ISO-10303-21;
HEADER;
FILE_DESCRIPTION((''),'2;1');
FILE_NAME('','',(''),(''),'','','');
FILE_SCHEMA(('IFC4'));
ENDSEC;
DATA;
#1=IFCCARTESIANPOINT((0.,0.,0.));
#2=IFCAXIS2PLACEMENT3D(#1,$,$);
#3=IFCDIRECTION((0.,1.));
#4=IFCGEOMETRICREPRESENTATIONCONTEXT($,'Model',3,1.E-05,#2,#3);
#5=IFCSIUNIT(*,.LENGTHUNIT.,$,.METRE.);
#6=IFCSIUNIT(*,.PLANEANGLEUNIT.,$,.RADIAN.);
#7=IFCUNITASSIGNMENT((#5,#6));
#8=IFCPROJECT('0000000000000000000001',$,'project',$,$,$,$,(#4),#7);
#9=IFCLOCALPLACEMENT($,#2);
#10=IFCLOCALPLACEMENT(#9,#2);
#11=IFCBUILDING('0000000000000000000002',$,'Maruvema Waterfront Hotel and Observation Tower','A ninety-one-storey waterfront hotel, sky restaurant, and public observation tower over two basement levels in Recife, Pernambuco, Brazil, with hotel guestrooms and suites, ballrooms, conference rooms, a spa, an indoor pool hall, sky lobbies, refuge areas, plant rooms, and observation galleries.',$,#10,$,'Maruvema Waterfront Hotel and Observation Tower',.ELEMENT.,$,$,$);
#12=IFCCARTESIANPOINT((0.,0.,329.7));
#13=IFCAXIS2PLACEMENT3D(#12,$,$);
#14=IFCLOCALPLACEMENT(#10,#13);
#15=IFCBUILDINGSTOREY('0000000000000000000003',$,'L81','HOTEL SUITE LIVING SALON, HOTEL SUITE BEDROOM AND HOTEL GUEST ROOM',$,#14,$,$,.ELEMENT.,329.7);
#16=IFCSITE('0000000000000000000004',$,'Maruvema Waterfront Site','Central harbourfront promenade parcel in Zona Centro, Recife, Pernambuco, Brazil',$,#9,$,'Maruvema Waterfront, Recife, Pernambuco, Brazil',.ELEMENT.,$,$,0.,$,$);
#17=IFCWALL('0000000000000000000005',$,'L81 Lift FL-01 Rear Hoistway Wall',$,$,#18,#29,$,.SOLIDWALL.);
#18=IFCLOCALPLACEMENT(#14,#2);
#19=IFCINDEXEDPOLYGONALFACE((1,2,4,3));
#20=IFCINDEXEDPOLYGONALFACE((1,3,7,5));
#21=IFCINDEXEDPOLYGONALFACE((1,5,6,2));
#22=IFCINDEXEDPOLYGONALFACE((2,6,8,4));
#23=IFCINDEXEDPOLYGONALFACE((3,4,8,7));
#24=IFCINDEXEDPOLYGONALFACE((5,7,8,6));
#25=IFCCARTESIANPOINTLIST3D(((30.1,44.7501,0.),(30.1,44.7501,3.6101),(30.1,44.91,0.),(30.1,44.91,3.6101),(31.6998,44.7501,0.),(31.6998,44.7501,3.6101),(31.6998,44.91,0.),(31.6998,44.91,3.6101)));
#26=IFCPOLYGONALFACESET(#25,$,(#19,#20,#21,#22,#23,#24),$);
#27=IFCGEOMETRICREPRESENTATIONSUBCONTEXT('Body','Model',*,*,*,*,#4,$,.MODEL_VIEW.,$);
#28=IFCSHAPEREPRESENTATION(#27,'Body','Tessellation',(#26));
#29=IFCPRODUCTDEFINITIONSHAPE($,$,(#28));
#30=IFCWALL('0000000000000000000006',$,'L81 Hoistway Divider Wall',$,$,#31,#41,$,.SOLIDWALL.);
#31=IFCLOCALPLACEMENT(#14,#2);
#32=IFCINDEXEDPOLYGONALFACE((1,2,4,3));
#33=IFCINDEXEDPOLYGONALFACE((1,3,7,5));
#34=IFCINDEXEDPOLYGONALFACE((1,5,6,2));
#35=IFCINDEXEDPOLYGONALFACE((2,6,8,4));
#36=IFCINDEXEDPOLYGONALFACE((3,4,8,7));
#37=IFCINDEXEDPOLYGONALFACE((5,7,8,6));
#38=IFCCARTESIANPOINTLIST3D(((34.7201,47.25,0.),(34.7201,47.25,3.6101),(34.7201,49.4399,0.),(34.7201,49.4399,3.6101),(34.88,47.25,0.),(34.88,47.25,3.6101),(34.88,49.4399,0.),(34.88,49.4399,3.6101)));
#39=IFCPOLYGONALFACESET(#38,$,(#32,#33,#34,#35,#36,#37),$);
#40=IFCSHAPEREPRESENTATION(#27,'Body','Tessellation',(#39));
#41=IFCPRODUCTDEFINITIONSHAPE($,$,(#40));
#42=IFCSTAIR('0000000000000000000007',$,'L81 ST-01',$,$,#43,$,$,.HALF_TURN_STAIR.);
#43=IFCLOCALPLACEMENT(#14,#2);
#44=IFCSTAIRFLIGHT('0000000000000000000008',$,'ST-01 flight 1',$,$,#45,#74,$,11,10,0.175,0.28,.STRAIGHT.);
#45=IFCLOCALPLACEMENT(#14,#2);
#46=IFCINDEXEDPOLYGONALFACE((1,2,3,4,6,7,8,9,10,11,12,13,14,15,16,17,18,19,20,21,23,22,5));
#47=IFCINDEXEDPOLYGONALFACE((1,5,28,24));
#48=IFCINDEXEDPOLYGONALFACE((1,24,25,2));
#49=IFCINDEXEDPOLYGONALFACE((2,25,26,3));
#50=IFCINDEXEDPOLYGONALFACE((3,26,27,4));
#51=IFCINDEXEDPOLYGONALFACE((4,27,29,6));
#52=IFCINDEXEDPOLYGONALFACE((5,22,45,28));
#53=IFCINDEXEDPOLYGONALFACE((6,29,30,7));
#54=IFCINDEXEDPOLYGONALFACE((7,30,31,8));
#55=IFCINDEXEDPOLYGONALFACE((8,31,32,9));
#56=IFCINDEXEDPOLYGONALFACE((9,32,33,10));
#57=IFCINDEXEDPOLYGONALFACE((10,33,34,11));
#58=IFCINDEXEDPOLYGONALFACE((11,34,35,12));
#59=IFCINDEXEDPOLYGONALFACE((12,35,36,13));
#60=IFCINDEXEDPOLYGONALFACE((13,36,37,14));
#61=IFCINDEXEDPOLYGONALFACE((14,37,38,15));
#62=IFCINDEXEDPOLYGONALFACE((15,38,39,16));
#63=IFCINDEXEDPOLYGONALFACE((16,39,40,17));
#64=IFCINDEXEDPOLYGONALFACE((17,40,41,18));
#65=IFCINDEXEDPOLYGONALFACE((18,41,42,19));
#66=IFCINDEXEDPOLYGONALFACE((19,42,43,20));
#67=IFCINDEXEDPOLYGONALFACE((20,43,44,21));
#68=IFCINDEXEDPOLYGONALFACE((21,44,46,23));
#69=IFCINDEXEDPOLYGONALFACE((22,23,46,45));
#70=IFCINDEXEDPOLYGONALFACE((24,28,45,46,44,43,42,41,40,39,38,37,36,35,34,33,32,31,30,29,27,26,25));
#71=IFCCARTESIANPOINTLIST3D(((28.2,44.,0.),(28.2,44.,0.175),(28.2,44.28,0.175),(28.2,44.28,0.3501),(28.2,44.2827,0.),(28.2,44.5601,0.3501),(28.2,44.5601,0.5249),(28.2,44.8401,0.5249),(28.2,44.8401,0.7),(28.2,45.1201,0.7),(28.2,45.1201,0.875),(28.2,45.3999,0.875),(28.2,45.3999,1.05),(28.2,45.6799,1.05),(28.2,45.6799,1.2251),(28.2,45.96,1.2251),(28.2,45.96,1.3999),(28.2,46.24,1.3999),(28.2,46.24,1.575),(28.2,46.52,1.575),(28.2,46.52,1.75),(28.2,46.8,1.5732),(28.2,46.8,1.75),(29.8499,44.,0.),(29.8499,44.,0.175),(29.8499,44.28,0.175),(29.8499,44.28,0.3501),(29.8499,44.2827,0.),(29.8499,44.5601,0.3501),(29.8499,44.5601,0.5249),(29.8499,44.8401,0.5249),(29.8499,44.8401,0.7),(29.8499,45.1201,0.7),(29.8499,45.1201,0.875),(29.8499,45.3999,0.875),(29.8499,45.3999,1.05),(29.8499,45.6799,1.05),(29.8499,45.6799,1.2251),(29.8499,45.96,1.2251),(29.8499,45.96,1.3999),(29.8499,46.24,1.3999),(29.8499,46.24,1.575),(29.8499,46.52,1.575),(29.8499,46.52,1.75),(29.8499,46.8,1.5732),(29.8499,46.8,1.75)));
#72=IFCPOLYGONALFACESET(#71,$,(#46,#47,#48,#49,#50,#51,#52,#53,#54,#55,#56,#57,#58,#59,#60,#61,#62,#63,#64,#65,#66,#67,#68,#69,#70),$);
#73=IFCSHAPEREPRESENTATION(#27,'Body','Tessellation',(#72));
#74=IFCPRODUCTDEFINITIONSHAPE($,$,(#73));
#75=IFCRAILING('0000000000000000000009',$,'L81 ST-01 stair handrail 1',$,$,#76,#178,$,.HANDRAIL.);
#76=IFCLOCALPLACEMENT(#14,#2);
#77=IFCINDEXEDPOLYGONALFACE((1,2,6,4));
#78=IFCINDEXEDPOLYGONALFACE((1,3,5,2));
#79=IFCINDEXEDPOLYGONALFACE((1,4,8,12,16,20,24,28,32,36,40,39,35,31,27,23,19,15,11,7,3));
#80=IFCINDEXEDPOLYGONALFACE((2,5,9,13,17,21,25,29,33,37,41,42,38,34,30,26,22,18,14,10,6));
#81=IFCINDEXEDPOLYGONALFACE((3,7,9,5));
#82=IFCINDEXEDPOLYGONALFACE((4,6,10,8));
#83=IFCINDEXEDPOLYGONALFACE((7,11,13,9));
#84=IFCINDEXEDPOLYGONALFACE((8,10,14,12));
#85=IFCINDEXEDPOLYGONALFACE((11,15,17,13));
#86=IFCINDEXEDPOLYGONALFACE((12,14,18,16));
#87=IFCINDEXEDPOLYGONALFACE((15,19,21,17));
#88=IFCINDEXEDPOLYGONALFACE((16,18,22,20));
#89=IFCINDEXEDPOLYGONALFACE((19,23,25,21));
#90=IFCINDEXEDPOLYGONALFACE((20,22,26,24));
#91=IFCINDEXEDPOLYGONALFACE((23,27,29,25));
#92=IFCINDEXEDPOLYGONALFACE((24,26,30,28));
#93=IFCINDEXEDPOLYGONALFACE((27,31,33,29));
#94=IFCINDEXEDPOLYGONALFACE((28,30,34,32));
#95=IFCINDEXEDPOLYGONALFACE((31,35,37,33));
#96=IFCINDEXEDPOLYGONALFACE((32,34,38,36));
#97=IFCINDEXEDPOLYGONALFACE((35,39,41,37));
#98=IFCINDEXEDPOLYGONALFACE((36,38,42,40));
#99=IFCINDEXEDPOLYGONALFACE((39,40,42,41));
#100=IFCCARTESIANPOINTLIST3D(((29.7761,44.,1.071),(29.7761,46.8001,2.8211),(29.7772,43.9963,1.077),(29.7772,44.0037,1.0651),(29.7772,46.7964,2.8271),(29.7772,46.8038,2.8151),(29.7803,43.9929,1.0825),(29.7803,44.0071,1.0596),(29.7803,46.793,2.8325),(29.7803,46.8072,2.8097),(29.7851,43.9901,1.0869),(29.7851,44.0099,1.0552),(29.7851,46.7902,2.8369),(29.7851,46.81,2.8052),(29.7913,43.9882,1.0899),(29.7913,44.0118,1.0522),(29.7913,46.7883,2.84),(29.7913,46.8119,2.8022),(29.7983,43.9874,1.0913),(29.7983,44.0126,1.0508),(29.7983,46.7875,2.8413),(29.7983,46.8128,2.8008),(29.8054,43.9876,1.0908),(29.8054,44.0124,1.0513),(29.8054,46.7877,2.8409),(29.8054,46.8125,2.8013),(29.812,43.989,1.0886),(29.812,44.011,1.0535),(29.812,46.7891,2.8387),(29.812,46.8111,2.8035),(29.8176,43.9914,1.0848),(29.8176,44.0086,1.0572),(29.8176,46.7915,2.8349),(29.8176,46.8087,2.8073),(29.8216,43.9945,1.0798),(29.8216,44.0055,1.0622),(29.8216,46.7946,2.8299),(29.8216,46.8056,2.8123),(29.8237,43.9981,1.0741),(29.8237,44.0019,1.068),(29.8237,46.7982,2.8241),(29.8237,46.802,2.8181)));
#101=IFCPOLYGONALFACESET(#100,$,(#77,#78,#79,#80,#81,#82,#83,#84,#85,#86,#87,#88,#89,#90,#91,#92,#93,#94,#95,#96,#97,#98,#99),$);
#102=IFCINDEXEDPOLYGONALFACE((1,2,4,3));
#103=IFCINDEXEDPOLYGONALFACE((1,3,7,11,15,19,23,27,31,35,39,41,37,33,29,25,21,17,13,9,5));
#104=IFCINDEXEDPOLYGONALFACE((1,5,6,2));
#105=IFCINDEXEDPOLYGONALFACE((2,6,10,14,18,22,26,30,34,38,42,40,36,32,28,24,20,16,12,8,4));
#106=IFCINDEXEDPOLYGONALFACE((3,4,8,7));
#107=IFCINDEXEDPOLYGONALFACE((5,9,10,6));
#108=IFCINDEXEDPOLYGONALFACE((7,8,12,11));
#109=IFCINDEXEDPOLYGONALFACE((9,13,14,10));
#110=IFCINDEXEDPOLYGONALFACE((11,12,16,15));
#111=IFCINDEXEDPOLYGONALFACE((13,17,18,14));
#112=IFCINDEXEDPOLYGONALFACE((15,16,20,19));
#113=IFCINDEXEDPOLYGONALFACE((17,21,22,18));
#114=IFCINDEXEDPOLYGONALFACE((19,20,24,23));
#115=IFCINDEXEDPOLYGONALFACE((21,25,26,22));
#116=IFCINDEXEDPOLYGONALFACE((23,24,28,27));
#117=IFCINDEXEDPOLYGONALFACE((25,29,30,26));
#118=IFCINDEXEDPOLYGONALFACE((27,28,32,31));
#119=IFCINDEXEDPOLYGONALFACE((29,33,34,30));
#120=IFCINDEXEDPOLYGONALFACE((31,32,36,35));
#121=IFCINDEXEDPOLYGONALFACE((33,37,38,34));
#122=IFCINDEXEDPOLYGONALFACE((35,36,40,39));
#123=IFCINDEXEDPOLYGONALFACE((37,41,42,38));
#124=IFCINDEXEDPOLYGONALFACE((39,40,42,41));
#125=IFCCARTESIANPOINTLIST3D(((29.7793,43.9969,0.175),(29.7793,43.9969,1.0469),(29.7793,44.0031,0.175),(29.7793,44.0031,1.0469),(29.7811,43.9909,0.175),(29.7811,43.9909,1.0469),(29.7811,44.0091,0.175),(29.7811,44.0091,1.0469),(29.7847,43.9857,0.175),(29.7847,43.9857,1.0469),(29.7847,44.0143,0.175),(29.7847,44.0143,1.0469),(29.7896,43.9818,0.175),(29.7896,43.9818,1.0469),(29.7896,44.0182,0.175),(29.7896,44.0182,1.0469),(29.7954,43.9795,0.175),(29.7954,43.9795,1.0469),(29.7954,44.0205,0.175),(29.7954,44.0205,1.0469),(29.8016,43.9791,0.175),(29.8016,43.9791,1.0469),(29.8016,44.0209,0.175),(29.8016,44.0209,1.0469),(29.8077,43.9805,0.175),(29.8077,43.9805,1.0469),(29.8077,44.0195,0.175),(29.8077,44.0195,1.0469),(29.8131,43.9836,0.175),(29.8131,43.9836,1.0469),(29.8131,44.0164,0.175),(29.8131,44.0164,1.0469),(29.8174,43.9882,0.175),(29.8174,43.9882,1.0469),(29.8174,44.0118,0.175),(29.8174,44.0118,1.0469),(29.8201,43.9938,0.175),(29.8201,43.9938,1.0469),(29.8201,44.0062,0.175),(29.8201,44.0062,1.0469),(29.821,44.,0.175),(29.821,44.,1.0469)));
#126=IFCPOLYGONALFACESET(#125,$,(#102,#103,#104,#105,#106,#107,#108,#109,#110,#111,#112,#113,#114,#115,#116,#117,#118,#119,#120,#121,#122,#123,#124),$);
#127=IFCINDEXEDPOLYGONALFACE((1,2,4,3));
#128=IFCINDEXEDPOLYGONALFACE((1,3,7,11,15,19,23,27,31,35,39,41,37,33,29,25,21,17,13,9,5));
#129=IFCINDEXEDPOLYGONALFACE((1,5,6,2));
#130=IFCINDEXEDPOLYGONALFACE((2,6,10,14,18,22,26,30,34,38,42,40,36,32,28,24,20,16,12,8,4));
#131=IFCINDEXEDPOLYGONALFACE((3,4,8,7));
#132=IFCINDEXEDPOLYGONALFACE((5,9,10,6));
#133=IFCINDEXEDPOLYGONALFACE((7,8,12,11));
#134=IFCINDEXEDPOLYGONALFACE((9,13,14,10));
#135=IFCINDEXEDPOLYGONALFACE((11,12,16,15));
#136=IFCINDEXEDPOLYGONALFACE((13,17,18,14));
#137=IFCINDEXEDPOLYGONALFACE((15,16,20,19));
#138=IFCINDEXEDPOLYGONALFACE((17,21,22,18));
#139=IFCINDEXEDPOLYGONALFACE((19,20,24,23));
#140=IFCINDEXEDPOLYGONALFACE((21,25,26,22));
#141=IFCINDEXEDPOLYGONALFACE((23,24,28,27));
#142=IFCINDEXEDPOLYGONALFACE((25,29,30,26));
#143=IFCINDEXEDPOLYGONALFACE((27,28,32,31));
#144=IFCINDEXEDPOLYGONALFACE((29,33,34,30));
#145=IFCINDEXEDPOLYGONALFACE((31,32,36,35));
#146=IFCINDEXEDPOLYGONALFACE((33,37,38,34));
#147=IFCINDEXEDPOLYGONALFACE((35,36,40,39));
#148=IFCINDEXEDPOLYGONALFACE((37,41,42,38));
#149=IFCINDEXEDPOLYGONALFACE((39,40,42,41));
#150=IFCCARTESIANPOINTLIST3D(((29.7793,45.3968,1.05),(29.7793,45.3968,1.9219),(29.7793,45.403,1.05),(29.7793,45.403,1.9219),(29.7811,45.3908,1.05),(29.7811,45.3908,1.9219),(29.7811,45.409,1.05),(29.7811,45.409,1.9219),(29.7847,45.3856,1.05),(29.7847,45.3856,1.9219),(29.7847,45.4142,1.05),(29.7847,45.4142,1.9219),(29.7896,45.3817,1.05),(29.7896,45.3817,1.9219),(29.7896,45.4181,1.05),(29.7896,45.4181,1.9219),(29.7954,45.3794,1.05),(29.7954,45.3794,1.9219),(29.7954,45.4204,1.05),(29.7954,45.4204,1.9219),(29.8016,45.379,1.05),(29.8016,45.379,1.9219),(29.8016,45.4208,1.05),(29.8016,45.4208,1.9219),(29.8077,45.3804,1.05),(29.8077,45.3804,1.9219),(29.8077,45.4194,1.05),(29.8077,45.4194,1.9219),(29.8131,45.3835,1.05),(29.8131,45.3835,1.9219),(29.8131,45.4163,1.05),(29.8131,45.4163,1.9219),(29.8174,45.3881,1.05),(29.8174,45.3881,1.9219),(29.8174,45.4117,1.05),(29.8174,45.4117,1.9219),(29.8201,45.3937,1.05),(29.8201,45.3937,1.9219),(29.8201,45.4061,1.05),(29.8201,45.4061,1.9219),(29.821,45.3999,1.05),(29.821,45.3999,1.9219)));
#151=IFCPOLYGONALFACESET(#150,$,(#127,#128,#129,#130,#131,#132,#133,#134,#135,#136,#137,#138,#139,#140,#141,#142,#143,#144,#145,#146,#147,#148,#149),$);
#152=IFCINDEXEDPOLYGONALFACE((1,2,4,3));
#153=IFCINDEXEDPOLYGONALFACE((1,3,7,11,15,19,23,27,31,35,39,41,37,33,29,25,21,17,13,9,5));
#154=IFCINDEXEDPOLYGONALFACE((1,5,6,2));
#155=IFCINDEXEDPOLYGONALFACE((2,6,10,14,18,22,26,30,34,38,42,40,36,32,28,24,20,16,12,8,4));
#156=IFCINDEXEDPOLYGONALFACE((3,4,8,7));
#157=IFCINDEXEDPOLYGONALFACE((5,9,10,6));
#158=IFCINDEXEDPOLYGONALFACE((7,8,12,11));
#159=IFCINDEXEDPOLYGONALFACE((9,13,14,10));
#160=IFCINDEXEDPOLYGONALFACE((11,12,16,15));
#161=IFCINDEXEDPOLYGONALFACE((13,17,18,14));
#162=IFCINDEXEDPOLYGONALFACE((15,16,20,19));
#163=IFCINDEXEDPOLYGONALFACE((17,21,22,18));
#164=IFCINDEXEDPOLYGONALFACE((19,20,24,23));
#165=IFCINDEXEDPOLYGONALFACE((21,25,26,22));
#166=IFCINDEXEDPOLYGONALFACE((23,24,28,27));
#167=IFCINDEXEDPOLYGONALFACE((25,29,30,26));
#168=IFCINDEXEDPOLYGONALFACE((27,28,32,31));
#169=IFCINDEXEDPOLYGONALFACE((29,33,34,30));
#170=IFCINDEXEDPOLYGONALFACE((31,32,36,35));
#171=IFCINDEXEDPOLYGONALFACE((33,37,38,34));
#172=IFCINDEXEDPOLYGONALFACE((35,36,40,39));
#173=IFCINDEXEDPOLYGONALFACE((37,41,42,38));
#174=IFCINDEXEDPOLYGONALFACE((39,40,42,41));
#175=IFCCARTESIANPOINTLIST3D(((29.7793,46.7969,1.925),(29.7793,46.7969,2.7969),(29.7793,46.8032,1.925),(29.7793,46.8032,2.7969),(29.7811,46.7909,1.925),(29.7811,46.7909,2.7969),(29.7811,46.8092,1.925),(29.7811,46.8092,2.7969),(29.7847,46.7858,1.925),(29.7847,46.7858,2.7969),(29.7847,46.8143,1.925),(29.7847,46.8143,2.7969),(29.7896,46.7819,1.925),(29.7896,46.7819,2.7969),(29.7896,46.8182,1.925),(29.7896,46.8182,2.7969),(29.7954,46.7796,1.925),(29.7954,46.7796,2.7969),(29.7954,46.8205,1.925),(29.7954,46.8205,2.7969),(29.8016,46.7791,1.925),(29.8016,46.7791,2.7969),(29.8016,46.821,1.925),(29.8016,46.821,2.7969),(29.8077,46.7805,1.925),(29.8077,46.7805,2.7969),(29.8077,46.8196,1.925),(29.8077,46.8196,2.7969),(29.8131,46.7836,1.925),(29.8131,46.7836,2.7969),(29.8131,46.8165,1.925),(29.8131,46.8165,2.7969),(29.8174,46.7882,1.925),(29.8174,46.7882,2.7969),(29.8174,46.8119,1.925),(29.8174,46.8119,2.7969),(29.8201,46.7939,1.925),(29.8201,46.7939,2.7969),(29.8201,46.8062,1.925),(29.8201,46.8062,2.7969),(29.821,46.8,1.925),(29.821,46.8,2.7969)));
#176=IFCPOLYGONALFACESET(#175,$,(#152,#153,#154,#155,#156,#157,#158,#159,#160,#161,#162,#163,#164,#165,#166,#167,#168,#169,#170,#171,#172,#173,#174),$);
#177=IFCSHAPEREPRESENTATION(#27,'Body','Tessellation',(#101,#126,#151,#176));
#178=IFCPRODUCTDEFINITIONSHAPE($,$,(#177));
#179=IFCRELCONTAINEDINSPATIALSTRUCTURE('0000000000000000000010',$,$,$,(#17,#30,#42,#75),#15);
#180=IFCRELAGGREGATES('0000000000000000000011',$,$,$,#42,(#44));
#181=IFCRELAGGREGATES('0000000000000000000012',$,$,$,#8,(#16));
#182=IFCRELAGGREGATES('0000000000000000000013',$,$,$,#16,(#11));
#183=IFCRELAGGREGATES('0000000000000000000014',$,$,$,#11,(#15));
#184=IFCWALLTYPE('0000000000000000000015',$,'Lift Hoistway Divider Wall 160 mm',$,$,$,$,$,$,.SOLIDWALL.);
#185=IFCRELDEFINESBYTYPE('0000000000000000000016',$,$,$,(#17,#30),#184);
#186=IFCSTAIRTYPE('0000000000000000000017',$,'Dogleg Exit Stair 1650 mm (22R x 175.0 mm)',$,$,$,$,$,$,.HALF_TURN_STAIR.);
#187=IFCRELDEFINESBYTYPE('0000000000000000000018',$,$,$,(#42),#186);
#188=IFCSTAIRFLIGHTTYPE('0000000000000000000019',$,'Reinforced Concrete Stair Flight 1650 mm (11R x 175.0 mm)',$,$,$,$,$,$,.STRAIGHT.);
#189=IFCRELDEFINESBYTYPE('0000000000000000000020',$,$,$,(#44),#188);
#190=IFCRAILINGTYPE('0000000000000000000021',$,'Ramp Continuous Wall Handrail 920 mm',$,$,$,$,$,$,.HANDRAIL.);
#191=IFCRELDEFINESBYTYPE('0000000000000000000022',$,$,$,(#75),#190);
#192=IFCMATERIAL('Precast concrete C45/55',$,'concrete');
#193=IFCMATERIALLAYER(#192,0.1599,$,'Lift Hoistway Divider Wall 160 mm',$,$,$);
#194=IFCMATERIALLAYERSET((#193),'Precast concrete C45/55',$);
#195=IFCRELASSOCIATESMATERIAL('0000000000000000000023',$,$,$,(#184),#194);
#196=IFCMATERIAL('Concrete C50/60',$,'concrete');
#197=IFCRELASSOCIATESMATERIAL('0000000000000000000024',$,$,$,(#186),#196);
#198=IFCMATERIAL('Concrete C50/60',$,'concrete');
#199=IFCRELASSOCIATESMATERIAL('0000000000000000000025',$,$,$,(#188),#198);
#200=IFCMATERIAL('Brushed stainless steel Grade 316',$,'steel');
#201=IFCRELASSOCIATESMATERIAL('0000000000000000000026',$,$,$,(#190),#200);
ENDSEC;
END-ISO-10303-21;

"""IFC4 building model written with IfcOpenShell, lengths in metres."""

from ifc_helpers import new_model, si_unit, direction, frame, frame_2d, origin, origin_2d, place, context, subcontext, project, spatial, polyline, rectangle, circle, outline, extrude, material, layer, layer_set, type_object, element, aggregate, save


model = new_model("IFC4")

# Units and contexts
model_context = context("Model", 3, precision=1e-05, world=origin(), true_north=direction((0.0, 1.0)))
body_context = subcontext(model_context, "Body", "Model", "MODEL_VIEW")
ifc_project = project(units=[si_unit("LENGTHUNIT", "METRE"), si_unit("PLANEANGLEUNIT", "RADIAN")], contexts=[model_context])

# Site, building, storey
site_placement = place(None, origin())
site = spatial("IfcSite", under=ifc_project, at=site_placement, Name="Maruvema Waterfront Site", Description="Central harbourfront promenade parcel in Zona Centro, Recife, Pernambuco, Brazil", LongName="Maruvema Waterfront, Recife, Pernambuco, Brazil", CompositionType="ELEMENT", RefElevation=0.0)
building_placement = place(site_placement, origin())
building = spatial("IfcBuilding", under=site, at=building_placement, Name="Maruvema Waterfront Hotel and Observation Tower", Description="A ninety-one-storey waterfront hotel, sky restaurant, and public observation tower over two basement levels in Recife, Pernambuco, Brazil, with hotel guestrooms and suites, ballrooms, conference rooms, a spa, an indoor pool hall, sky lobbies, refuge areas, plant rooms, and observation galleries.", LongName="Maruvema Waterfront Hotel and Observation Tower", CompositionType="ELEMENT")
storey_placement = place(building_placement, frame((0.0, 0.0, 329.7)))
storey = spatial("IfcBuildingStorey", under=building, at=storey_placement, Name="L81", Description="HOTEL SUITE LIVING SALON, HOTEL SUITE BEDROOM AND HOTEL GUEST ROOM", CompositionType="ELEMENT", Elevation=329.7)

# Walls
ifc_material_1 = material(Name="Precast concrete C45/55", Category="concrete")
ifc_layer_1 = layer(ifc_material_1, 0.1599, Name="Lift Hoistway Divider Wall 160 mm")
ifc_layer_set_1 = layer_set([ifc_layer_1], Name="Precast concrete C45/55")
wall_type_1 = type_object("IfcWallType", Name="Lift Hoistway Divider Wall 160 mm", PredefinedType="SOLIDWALL", material=ifc_layer_set_1)
wall_1_placement = place(storey_placement, frame((30.1001, 44.8301, 0.0), z_axis=(0.0, 0.0, 1.0), x_axis=(1.0, 0.0, 0.0)))
element("IfcWall", 1, at=wall_1_placement, inside=storey, type_object=wall_type_1, Name="L81 Lift FL-01 Rear Hoistway Wall", PredefinedType="SOLIDWALL", context=body_context, shape_type="SweptSolid", body=[
    extrude(rectangle(XDim=1.5999, YDim=0.1599, at=frame_2d((0.7998, 0.0))), origin(), (0.0, 0.0, 1.0), 3.6101),
])
wall_2_placement = place(storey_placement, frame((34.8, 47.25, 0.0), z_axis=(0.0, 0.0, 1.0), x_axis=(0.0, 1.0, 0.0)))
element("IfcWall", 2, at=wall_2_placement, inside=storey, type_object=wall_type_1, Name="L81 Hoistway Divider Wall", PredefinedType="SOLIDWALL", context=body_context, shape_type="SweptSolid", body=[
    extrude(rectangle(XDim=2.1899, YDim=0.1599, at=frame_2d((1.095, 0.0))), origin(), (0.0, 0.0, 1.0), 3.6101),
])

# Stair, stair flight
ifc_material_2 = material(Name="Concrete C50/60", Category="concrete")
stair_type = type_object("IfcStairType", Name="Dogleg Exit Stair 1650 mm (22R x 175.0 mm)", PredefinedType="HALF_TURN_STAIR", material=ifc_material_2)
stair_placement = place(storey_placement, origin())
stair = element("IfcStair", 3, at=stair_placement, inside=storey, type_object=stair_type, Name="L81 ST-01", PredefinedType="HALF_TURN_STAIR")
ifc_material_3 = material(Name="Concrete C50/60", Category="concrete")
stair_flight_type = type_object("IfcStairFlightType", Name="Reinforced Concrete Stair Flight 1650 mm (11R x 175.0 mm)", PredefinedType="STRAIGHT", material=ifc_material_3)
stair_flight_placement = place(storey_placement, frame((29.0249, 44.0, 0.0), z_axis=(0.0, 0.0, 1.0), x_axis=(0.0, 1.0, 0.0)))
stair_flight = element("IfcStairFlight", 4, at=stair_flight_placement, type_object=stair_flight_type, Name="ST-01 flight 1", NumberOfRisers=11, NumberOfTreads=10, PredefinedType="STRAIGHT", RiserHeight=0.175, TreadLength=0.28, context=body_context, shape_type="SweptSolid", body=[
    extrude(outline(polyline([(0.0, 0.0), (0.0, 0.175), (0.28, 0.175), (0.28, 0.3501), (0.5601, 0.3501), (0.5601, 0.5249), (0.8401, 0.5249), (0.8401, 0.7), (1.1201, 0.7), (1.1201, 0.875), (1.3999, 0.875), (1.3999, 1.05), (1.6799, 1.05), (1.6799, 1.2251), (1.96, 1.2251), (1.96, 1.3999), (2.24, 1.3999), (2.24, 1.575), (2.52, 1.575), (2.52, 1.75), (2.8, 1.75), (2.8, 1.925), (2.8, 1.5732), (0.2827, 0.0), (0.0, 0.0)])), frame((0.0, 0.825, 0.0), z_axis=(0.0, -1.0, 0.0), x_axis=(1.0, 0.0, 0.0)), (0.0, 0.0, 1.0), 1.6499),
])
aggregate(stair, [stair_flight])

# Railing
ifc_material_4 = material(Name="Brushed stainless steel Grade 316", Category="steel")
railing_type_1 = type_object("IfcRailingType", Name="Ramp Continuous Wall Handrail 920 mm", PredefinedType="HANDRAIL", material=ifc_material_4)
railing_1_placement = place(storey_placement, frame((29.8, 44.0, 0.175)))
element("IfcRailing", 5, at=railing_1_placement, inside=storey, type_object=railing_type_1, Name="L81 ST-01 stair handrail 1", PredefinedType="HANDRAIL", context=body_context, shape_type="SweptSolid", body=[
    extrude(circle(Radius=0.0239, at=origin_2d()), frame((0.0, 0.0, 0.896), z_axis=(0.0, 0.848002, 0.529992), x_axis=(-1.0, 0.0, 0.0)), (0.0, 0.0, 1.0), 3.302),
    extrude(circle(Radius=0.021, at=origin_2d()), origin(), (0.0, 0.0, 1.0), 0.8718),
    extrude(circle(Radius=0.021, at=origin_2d()), frame((0.0, 1.3999, 0.875)), (0.0, 0.0, 1.0), 0.8718),
    extrude(circle(Radius=0.021, at=origin_2d()), frame((0.0, 2.8, 1.75)), (0.0, 0.0, 1.0), 0.8718),
])

save(model, "model.ifc")
